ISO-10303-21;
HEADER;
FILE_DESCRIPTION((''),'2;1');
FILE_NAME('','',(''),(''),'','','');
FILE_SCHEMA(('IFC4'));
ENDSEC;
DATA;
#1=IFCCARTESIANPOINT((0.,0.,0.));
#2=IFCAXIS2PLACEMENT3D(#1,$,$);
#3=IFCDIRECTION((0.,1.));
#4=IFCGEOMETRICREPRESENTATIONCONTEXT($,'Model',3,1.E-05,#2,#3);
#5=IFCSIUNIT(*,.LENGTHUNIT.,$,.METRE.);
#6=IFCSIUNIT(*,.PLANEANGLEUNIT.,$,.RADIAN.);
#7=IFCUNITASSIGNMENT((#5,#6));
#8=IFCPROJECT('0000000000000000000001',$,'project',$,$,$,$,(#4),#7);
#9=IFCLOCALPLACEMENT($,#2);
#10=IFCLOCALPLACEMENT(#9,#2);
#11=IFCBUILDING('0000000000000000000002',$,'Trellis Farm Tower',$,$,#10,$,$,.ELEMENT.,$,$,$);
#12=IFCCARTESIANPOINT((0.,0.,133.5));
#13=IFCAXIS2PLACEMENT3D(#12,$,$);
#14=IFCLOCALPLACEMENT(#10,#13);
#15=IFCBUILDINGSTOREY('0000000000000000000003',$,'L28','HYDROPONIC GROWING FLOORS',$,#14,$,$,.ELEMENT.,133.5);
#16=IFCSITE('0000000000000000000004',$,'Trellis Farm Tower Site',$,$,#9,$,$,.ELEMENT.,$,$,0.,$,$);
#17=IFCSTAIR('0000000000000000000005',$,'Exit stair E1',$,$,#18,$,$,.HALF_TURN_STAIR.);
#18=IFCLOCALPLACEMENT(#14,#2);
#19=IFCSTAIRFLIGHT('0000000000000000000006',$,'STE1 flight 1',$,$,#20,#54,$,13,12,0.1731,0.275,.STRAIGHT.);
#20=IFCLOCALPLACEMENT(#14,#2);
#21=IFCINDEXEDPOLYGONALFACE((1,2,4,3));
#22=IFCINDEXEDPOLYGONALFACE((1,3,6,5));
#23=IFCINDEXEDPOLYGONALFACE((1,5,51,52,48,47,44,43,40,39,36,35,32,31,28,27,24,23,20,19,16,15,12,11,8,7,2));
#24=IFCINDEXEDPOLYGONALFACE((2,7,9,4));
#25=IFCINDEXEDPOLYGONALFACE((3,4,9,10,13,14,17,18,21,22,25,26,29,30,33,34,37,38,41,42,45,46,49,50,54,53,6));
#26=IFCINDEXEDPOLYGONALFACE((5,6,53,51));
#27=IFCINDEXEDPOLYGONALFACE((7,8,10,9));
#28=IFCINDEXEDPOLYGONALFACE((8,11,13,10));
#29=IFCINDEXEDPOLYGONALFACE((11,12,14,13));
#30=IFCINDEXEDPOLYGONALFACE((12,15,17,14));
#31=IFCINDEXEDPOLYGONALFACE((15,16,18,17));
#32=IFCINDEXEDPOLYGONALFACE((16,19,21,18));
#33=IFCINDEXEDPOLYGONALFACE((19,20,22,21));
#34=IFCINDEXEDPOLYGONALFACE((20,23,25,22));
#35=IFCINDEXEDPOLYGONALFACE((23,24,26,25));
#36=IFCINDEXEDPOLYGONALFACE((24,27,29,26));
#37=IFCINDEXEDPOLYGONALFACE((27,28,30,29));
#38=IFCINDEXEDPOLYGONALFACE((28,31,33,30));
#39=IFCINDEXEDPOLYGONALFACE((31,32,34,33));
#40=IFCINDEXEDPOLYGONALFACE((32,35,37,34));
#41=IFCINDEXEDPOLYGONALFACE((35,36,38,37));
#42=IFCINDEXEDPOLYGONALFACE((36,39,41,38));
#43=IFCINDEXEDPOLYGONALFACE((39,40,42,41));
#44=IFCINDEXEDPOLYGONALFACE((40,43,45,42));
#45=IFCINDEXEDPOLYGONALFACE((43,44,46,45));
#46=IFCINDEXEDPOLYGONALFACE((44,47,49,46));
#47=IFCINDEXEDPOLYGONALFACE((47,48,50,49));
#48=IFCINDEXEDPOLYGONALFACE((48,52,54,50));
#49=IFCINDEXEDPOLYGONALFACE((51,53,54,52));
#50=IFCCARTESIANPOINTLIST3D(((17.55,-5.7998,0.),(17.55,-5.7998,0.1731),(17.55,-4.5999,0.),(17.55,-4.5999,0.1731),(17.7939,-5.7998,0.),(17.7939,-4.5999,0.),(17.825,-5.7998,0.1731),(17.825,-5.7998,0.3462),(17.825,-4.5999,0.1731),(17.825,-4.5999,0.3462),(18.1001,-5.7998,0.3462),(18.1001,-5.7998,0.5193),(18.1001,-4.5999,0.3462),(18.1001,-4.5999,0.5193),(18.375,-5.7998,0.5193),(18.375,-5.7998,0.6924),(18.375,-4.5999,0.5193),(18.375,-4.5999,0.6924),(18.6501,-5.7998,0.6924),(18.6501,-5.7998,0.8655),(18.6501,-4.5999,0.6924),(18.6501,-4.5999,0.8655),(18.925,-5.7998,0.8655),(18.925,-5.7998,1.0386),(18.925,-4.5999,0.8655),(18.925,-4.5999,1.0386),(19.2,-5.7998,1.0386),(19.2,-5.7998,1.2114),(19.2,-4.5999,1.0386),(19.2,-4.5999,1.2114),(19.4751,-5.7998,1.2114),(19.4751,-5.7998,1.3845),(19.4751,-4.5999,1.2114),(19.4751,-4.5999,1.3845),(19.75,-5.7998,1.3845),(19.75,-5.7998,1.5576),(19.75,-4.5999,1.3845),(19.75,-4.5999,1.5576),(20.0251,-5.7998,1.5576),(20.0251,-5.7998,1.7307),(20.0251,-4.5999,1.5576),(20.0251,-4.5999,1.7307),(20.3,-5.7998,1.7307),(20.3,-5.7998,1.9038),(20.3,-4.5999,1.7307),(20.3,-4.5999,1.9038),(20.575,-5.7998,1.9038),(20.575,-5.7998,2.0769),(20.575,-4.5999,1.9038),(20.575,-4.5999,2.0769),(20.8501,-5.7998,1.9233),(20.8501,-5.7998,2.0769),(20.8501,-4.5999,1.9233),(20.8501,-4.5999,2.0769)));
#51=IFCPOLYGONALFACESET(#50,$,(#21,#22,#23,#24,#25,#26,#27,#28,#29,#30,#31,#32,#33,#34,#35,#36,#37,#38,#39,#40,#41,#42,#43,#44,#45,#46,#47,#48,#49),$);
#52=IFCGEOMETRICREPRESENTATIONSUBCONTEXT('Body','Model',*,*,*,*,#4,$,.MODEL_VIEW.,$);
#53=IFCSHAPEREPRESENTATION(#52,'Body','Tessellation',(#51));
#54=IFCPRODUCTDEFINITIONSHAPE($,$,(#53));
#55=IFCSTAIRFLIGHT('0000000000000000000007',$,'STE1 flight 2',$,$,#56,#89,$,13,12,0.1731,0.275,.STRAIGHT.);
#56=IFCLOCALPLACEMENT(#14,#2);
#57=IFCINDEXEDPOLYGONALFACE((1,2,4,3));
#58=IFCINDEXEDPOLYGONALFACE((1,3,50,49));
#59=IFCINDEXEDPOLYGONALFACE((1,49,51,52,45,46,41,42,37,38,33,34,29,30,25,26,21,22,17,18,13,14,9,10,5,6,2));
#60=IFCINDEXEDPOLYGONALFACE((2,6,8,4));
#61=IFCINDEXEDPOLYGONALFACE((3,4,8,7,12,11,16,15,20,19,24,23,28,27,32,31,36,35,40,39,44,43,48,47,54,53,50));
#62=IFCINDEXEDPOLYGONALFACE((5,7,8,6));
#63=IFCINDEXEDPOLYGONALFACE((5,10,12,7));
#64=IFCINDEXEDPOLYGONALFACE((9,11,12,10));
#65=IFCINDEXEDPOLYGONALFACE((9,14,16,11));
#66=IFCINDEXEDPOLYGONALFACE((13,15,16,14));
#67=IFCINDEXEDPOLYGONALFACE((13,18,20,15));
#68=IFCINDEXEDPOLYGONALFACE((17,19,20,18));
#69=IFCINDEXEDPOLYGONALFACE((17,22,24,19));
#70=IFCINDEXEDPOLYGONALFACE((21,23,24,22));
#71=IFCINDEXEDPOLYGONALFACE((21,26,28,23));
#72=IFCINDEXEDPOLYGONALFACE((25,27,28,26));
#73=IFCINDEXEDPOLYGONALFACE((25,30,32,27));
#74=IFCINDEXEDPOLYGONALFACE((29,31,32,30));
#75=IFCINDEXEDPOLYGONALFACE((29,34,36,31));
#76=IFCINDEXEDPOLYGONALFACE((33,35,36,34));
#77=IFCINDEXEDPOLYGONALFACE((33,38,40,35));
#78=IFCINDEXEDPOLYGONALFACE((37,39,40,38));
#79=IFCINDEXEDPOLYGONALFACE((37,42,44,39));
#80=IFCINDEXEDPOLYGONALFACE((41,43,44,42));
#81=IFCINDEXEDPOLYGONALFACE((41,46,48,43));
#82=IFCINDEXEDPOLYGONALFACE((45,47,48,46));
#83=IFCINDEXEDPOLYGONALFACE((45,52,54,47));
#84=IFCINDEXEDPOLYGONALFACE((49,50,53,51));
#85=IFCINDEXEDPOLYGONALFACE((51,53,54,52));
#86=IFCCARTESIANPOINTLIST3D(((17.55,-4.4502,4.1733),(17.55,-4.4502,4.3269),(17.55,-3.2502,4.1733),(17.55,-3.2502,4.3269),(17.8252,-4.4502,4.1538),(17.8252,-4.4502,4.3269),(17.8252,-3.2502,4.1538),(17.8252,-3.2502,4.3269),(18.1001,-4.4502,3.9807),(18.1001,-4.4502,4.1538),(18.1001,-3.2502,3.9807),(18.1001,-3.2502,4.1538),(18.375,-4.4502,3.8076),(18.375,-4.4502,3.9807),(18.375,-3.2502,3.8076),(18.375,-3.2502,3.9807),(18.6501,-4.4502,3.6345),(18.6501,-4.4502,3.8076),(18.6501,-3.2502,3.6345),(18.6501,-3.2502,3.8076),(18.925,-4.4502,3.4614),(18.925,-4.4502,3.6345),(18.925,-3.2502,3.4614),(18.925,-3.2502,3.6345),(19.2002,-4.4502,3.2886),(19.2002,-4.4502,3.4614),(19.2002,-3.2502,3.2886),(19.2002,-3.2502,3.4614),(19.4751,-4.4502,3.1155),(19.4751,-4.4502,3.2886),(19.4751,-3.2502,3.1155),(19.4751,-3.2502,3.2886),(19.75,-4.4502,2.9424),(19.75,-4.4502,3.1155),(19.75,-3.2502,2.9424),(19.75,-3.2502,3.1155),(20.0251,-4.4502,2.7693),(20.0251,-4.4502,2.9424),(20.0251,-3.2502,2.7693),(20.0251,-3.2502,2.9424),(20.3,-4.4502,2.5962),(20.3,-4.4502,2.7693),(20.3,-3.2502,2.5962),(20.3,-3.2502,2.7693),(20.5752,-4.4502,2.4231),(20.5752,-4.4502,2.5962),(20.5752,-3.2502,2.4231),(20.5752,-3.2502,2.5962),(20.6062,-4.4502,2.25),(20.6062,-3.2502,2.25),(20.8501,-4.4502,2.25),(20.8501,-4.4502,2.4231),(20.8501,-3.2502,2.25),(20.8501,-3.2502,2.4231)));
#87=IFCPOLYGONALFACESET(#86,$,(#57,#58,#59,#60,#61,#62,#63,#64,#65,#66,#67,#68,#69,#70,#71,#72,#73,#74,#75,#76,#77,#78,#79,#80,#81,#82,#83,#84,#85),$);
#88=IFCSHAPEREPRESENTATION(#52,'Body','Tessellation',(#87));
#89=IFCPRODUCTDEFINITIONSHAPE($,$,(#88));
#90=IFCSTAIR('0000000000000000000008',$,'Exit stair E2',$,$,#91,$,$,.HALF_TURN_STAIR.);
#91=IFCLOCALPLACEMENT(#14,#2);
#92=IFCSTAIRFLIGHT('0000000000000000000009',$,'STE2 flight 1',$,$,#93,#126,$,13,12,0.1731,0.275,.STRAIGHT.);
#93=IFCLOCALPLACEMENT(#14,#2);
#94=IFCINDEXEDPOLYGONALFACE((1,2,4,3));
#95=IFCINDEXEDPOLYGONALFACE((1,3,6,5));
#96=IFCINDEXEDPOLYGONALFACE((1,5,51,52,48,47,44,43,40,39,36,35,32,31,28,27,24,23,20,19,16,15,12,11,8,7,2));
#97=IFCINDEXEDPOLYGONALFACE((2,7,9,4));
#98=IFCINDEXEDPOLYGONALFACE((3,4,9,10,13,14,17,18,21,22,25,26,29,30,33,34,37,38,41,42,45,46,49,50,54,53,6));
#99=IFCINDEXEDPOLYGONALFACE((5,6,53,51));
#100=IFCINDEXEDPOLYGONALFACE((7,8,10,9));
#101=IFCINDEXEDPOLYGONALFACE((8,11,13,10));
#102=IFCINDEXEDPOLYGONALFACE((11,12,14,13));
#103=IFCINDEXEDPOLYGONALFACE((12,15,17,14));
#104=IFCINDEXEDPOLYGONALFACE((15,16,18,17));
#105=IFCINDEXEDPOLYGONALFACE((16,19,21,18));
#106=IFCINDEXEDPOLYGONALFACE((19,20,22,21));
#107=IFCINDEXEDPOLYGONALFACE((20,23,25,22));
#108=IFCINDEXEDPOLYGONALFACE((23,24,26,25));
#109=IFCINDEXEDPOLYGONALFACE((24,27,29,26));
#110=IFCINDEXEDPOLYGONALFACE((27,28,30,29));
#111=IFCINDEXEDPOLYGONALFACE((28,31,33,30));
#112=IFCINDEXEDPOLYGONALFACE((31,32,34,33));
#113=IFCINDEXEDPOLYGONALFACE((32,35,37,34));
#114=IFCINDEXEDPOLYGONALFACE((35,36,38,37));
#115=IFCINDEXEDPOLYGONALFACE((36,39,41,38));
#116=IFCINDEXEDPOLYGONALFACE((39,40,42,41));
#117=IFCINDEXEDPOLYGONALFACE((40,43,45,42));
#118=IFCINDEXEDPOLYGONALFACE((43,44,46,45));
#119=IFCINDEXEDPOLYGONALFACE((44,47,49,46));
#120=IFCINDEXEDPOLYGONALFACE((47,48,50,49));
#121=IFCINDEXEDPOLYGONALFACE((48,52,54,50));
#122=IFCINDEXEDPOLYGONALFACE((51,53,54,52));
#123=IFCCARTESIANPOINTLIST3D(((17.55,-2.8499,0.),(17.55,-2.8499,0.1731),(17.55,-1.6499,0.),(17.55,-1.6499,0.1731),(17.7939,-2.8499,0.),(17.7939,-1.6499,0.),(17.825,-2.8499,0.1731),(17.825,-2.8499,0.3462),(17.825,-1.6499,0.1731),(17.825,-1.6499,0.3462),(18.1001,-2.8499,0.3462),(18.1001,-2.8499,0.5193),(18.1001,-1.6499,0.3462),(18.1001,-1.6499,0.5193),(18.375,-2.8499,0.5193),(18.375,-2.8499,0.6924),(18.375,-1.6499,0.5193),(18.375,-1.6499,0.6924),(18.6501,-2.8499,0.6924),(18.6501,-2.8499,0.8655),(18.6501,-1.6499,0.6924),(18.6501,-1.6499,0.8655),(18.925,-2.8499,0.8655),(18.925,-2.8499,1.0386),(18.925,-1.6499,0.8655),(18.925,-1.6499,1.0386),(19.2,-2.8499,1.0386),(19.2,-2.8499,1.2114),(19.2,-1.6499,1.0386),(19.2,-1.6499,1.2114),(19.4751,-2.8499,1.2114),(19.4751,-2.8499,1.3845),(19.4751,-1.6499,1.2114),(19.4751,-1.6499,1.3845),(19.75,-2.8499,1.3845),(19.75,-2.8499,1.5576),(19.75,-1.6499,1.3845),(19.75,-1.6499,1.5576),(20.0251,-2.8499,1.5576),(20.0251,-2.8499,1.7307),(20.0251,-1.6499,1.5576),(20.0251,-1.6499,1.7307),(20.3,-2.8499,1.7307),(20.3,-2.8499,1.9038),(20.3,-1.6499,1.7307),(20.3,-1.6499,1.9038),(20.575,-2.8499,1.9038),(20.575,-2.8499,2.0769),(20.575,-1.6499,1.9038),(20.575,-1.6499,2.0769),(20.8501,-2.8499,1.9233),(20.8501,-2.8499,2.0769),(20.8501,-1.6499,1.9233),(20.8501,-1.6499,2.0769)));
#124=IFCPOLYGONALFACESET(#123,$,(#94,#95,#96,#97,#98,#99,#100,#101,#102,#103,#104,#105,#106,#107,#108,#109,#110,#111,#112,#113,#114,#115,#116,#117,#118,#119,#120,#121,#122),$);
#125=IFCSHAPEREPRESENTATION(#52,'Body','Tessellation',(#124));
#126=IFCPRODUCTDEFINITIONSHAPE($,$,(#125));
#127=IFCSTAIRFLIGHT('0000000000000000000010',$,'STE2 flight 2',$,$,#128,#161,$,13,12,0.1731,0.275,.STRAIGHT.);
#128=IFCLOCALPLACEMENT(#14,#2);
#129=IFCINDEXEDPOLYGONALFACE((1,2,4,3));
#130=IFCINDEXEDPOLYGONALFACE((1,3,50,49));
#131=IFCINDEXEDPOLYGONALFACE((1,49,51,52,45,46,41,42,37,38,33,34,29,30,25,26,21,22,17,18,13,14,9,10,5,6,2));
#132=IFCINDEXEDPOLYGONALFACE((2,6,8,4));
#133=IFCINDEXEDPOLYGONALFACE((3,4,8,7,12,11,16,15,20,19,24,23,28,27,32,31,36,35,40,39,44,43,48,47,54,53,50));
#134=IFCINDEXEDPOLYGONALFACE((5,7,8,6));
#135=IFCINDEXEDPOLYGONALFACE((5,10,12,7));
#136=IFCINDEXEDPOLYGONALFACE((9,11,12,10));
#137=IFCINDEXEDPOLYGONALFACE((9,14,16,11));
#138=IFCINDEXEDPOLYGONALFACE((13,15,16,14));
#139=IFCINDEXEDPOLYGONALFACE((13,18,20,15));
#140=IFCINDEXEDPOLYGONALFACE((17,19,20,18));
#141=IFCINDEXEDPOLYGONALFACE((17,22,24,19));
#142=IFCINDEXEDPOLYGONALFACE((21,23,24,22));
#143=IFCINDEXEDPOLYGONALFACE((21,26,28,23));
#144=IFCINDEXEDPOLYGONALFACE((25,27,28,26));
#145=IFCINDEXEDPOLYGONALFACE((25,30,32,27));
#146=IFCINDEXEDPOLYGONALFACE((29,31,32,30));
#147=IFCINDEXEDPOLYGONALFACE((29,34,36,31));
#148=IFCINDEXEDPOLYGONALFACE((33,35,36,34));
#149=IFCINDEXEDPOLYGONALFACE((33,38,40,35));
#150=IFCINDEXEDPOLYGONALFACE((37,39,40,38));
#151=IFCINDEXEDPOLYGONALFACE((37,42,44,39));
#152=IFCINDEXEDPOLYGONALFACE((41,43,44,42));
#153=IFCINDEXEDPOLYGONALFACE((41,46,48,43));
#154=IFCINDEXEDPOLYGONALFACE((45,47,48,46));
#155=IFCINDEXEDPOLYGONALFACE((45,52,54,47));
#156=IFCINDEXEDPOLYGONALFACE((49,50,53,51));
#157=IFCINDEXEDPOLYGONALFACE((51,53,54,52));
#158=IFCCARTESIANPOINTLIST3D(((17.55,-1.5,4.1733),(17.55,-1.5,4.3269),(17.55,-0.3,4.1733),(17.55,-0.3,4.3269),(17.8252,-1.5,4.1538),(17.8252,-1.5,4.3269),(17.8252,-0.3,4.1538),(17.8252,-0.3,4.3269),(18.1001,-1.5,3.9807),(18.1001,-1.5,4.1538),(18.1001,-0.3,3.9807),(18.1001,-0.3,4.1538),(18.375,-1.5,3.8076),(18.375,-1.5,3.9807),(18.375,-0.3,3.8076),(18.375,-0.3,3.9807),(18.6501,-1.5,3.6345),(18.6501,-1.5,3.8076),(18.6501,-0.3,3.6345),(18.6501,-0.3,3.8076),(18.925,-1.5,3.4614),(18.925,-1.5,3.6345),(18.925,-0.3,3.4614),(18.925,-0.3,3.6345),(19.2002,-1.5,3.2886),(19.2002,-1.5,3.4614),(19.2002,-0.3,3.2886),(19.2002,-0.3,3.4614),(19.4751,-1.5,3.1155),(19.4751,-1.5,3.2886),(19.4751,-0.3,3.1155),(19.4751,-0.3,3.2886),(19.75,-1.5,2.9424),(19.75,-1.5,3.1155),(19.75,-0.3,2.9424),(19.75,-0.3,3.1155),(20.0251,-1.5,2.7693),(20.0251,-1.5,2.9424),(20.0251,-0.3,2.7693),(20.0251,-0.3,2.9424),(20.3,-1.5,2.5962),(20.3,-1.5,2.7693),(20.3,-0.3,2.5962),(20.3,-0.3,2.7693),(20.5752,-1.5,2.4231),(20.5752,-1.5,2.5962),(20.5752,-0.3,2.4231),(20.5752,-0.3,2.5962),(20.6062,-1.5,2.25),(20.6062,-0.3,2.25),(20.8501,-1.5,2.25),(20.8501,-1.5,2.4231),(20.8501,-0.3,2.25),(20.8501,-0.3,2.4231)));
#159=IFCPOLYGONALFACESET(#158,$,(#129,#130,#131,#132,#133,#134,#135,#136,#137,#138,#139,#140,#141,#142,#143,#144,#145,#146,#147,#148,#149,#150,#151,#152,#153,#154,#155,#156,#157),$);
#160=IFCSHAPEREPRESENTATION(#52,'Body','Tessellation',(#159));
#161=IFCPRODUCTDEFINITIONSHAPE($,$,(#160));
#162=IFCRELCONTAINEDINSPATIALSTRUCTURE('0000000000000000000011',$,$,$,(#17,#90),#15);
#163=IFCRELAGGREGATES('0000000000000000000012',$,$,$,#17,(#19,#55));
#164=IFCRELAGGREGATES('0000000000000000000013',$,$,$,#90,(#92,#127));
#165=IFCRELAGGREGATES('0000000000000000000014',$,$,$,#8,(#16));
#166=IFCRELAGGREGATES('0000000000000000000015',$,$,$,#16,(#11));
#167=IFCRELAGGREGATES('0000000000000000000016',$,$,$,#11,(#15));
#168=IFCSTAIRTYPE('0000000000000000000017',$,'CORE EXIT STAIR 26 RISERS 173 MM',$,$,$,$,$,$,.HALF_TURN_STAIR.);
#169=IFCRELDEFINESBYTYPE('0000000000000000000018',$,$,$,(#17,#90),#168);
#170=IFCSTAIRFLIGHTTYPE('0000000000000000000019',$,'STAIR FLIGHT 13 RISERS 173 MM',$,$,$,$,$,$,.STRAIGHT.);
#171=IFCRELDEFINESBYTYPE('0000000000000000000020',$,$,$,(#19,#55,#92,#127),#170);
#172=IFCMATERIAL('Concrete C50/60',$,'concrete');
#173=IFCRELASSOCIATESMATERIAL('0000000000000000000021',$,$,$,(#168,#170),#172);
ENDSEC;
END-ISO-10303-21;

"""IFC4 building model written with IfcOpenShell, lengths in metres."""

from ifc_helpers import new_model, si_unit, direction, frame, origin, place, context, subcontext, project, spatial, polyline, outline, extrude, source, transform, mapped, material, type_object, element, aggregate, save


model = new_model("IFC4")

# Units and contexts
model_context = context("Model", 3, precision=1e-05, world=origin(), true_north=direction((0.0, 1.0)))
body_context = subcontext(model_context, "Body", "Model", "MODEL_VIEW")
ifc_project = project(units=[si_unit("LENGTHUNIT", "METRE"), si_unit("PLANEANGLEUNIT", "RADIAN")], contexts=[model_context])

# Site, building, storey
site_placement = place(None, origin())
site = spatial("IfcSite", under=ifc_project, at=site_placement, Name="Trellis Farm Tower Site", CompositionType="ELEMENT", RefElevation=0.0)
building_placement = place(site_placement, origin())
building = spatial("IfcBuilding", under=site, at=building_placement, Name="Trellis Farm Tower", CompositionType="ELEMENT")
storey_placement = place(building_placement, frame((0.0, 0.0, 133.5)))
storey = spatial("IfcBuildingStorey", under=building, at=storey_placement, Name="L28", Description="HYDROPONIC GROWING FLOORS", CompositionType="ELEMENT", Elevation=133.5)

# Shared definitions
placement = place(storey_placement, origin())

# Stairs, stair flights
ifc_material_1 = material(Name="Concrete C50/60", Category="concrete")
stair_type = type_object("IfcStairType", Name="CORE EXIT STAIR 26 RISERS 173 MM", PredefinedType="HALF_TURN_STAIR", material=ifc_material_1)
stair_1 = element("IfcStair", 1, at=placement, inside=storey, type_object=stair_type, Name="Exit stair E1", PredefinedType="HALF_TURN_STAIR")
stair_flight_type = type_object("IfcStairFlightType", Name="STAIR FLIGHT 13 RISERS 173 MM", PredefinedType="STRAIGHT", material=ifc_material_1)
shared_shape_1 = source(origin(), body_context, "Body", "SweptSolid", [
    extrude(outline(polyline([(0.0, 0.0), (0.0, 0.1731), (0.2749, 0.1731), (0.2749, 0.3462), (0.55, 0.3462), (0.55, 0.5193), (0.825, 0.5193), (0.825, 0.6924), (1.1001, 0.6924), (1.1001, 0.8655), (1.375, 0.8655), (1.375, 1.0386), (1.6499, 1.0386), (1.6499, 1.2114), (1.925, 1.2114), (1.925, 1.3845), (2.2, 1.3845), (2.2, 1.5576), (2.4751, 1.5576), (2.4751, 1.7307), (2.75, 1.7307), (2.75, 1.9038), (3.0249, 1.9038), (3.0249, 2.0769), (3.3, 2.0769), (3.3, 2.25), (3.3, 1.9233), (0.2439, 0.0), (0.0, 0.0)])), frame((0.0, 0.6001, 0.0), z_axis=(0.0, -1.0, 0.0), x_axis=(1.0, 0.0, 0.0)), (0.0, 0.0, 1.0), 1.2),
])
stair_flight_1_placement = place(storey_placement, frame((17.55, -5.2, 0.0), z_axis=(0.0, 0.0, 1.0), x_axis=(1.0, 0.0, 0.0)))
stair_flight_1 = element("IfcStairFlight", 2, at=stair_flight_1_placement, type_object=stair_flight_type, Name="STE1 flight 1", NumberOfRisers=13, NumberOfTreads=12, PredefinedType="STRAIGHT", RiserHeight=0.1731, TreadLength=0.275, context=body_context, shape_type="MappedRepresentation", body=[
    mapped(shared_shape_1, transform((0.0, 0.0, 0.0))),
])
stair_flight_2_placement = place(storey_placement, frame((20.8501, -3.8501, 2.25), z_axis=(0.0, 0.0, 1.0), x_axis=(-1.0, 0.0, 0.0)))
stair_flight_2 = element("IfcStairFlight", 3, at=stair_flight_2_placement, type_object=stair_flight_type, Name="STE1 flight 2", NumberOfRisers=13, NumberOfTreads=12, PredefinedType="STRAIGHT", RiserHeight=0.1731, TreadLength=0.275, context=body_context, shape_type="MappedRepresentation", body=[
    mapped(shared_shape_1, transform((0.0, 0.0, 0.0))),
])
aggregate(stair_1, [stair_flight_1, stair_flight_2])
stair_2 = element("IfcStair", 4, at=placement, inside=storey, type_object=stair_type, Name="Exit stair E2", PredefinedType="HALF_TURN_STAIR")
stair_flight_3_placement = place(storey_placement, frame((17.55, -2.25, 0.0), z_axis=(0.0, 0.0, 1.0), x_axis=(1.0, 0.0, 0.0)))
stair_flight_3 = element("IfcStairFlight", 5, at=stair_flight_3_placement, type_object=stair_flight_type, Name="STE2 flight 1", NumberOfRisers=13, NumberOfTreads=12, PredefinedType="STRAIGHT", RiserHeight=0.1731, TreadLength=0.275, context=body_context, shape_type="MappedRepresentation", body=[
    mapped(shared_shape_1, transform((0.0, 0.0, 0.0))),
])
stair_flight_4_placement = place(storey_placement, frame((20.8501, -0.8999, 2.25), z_axis=(0.0, 0.0, 1.0), x_axis=(-1.0, 0.0, 0.0)))
stair_flight_4 = element("IfcStairFlight", 6, at=stair_flight_4_placement, type_object=stair_flight_type, Name="STE2 flight 2", NumberOfRisers=13, NumberOfTreads=12, PredefinedType="STRAIGHT", RiserHeight=0.1731, TreadLength=0.275, context=body_context, shape_type="MappedRepresentation", body=[
    mapped(shared_shape_1, transform((0.0, 0.0, 0.0))),
])
aggregate(stair_2, [stair_flight_3, stair_flight_4])

save(model, "model.ifc")
